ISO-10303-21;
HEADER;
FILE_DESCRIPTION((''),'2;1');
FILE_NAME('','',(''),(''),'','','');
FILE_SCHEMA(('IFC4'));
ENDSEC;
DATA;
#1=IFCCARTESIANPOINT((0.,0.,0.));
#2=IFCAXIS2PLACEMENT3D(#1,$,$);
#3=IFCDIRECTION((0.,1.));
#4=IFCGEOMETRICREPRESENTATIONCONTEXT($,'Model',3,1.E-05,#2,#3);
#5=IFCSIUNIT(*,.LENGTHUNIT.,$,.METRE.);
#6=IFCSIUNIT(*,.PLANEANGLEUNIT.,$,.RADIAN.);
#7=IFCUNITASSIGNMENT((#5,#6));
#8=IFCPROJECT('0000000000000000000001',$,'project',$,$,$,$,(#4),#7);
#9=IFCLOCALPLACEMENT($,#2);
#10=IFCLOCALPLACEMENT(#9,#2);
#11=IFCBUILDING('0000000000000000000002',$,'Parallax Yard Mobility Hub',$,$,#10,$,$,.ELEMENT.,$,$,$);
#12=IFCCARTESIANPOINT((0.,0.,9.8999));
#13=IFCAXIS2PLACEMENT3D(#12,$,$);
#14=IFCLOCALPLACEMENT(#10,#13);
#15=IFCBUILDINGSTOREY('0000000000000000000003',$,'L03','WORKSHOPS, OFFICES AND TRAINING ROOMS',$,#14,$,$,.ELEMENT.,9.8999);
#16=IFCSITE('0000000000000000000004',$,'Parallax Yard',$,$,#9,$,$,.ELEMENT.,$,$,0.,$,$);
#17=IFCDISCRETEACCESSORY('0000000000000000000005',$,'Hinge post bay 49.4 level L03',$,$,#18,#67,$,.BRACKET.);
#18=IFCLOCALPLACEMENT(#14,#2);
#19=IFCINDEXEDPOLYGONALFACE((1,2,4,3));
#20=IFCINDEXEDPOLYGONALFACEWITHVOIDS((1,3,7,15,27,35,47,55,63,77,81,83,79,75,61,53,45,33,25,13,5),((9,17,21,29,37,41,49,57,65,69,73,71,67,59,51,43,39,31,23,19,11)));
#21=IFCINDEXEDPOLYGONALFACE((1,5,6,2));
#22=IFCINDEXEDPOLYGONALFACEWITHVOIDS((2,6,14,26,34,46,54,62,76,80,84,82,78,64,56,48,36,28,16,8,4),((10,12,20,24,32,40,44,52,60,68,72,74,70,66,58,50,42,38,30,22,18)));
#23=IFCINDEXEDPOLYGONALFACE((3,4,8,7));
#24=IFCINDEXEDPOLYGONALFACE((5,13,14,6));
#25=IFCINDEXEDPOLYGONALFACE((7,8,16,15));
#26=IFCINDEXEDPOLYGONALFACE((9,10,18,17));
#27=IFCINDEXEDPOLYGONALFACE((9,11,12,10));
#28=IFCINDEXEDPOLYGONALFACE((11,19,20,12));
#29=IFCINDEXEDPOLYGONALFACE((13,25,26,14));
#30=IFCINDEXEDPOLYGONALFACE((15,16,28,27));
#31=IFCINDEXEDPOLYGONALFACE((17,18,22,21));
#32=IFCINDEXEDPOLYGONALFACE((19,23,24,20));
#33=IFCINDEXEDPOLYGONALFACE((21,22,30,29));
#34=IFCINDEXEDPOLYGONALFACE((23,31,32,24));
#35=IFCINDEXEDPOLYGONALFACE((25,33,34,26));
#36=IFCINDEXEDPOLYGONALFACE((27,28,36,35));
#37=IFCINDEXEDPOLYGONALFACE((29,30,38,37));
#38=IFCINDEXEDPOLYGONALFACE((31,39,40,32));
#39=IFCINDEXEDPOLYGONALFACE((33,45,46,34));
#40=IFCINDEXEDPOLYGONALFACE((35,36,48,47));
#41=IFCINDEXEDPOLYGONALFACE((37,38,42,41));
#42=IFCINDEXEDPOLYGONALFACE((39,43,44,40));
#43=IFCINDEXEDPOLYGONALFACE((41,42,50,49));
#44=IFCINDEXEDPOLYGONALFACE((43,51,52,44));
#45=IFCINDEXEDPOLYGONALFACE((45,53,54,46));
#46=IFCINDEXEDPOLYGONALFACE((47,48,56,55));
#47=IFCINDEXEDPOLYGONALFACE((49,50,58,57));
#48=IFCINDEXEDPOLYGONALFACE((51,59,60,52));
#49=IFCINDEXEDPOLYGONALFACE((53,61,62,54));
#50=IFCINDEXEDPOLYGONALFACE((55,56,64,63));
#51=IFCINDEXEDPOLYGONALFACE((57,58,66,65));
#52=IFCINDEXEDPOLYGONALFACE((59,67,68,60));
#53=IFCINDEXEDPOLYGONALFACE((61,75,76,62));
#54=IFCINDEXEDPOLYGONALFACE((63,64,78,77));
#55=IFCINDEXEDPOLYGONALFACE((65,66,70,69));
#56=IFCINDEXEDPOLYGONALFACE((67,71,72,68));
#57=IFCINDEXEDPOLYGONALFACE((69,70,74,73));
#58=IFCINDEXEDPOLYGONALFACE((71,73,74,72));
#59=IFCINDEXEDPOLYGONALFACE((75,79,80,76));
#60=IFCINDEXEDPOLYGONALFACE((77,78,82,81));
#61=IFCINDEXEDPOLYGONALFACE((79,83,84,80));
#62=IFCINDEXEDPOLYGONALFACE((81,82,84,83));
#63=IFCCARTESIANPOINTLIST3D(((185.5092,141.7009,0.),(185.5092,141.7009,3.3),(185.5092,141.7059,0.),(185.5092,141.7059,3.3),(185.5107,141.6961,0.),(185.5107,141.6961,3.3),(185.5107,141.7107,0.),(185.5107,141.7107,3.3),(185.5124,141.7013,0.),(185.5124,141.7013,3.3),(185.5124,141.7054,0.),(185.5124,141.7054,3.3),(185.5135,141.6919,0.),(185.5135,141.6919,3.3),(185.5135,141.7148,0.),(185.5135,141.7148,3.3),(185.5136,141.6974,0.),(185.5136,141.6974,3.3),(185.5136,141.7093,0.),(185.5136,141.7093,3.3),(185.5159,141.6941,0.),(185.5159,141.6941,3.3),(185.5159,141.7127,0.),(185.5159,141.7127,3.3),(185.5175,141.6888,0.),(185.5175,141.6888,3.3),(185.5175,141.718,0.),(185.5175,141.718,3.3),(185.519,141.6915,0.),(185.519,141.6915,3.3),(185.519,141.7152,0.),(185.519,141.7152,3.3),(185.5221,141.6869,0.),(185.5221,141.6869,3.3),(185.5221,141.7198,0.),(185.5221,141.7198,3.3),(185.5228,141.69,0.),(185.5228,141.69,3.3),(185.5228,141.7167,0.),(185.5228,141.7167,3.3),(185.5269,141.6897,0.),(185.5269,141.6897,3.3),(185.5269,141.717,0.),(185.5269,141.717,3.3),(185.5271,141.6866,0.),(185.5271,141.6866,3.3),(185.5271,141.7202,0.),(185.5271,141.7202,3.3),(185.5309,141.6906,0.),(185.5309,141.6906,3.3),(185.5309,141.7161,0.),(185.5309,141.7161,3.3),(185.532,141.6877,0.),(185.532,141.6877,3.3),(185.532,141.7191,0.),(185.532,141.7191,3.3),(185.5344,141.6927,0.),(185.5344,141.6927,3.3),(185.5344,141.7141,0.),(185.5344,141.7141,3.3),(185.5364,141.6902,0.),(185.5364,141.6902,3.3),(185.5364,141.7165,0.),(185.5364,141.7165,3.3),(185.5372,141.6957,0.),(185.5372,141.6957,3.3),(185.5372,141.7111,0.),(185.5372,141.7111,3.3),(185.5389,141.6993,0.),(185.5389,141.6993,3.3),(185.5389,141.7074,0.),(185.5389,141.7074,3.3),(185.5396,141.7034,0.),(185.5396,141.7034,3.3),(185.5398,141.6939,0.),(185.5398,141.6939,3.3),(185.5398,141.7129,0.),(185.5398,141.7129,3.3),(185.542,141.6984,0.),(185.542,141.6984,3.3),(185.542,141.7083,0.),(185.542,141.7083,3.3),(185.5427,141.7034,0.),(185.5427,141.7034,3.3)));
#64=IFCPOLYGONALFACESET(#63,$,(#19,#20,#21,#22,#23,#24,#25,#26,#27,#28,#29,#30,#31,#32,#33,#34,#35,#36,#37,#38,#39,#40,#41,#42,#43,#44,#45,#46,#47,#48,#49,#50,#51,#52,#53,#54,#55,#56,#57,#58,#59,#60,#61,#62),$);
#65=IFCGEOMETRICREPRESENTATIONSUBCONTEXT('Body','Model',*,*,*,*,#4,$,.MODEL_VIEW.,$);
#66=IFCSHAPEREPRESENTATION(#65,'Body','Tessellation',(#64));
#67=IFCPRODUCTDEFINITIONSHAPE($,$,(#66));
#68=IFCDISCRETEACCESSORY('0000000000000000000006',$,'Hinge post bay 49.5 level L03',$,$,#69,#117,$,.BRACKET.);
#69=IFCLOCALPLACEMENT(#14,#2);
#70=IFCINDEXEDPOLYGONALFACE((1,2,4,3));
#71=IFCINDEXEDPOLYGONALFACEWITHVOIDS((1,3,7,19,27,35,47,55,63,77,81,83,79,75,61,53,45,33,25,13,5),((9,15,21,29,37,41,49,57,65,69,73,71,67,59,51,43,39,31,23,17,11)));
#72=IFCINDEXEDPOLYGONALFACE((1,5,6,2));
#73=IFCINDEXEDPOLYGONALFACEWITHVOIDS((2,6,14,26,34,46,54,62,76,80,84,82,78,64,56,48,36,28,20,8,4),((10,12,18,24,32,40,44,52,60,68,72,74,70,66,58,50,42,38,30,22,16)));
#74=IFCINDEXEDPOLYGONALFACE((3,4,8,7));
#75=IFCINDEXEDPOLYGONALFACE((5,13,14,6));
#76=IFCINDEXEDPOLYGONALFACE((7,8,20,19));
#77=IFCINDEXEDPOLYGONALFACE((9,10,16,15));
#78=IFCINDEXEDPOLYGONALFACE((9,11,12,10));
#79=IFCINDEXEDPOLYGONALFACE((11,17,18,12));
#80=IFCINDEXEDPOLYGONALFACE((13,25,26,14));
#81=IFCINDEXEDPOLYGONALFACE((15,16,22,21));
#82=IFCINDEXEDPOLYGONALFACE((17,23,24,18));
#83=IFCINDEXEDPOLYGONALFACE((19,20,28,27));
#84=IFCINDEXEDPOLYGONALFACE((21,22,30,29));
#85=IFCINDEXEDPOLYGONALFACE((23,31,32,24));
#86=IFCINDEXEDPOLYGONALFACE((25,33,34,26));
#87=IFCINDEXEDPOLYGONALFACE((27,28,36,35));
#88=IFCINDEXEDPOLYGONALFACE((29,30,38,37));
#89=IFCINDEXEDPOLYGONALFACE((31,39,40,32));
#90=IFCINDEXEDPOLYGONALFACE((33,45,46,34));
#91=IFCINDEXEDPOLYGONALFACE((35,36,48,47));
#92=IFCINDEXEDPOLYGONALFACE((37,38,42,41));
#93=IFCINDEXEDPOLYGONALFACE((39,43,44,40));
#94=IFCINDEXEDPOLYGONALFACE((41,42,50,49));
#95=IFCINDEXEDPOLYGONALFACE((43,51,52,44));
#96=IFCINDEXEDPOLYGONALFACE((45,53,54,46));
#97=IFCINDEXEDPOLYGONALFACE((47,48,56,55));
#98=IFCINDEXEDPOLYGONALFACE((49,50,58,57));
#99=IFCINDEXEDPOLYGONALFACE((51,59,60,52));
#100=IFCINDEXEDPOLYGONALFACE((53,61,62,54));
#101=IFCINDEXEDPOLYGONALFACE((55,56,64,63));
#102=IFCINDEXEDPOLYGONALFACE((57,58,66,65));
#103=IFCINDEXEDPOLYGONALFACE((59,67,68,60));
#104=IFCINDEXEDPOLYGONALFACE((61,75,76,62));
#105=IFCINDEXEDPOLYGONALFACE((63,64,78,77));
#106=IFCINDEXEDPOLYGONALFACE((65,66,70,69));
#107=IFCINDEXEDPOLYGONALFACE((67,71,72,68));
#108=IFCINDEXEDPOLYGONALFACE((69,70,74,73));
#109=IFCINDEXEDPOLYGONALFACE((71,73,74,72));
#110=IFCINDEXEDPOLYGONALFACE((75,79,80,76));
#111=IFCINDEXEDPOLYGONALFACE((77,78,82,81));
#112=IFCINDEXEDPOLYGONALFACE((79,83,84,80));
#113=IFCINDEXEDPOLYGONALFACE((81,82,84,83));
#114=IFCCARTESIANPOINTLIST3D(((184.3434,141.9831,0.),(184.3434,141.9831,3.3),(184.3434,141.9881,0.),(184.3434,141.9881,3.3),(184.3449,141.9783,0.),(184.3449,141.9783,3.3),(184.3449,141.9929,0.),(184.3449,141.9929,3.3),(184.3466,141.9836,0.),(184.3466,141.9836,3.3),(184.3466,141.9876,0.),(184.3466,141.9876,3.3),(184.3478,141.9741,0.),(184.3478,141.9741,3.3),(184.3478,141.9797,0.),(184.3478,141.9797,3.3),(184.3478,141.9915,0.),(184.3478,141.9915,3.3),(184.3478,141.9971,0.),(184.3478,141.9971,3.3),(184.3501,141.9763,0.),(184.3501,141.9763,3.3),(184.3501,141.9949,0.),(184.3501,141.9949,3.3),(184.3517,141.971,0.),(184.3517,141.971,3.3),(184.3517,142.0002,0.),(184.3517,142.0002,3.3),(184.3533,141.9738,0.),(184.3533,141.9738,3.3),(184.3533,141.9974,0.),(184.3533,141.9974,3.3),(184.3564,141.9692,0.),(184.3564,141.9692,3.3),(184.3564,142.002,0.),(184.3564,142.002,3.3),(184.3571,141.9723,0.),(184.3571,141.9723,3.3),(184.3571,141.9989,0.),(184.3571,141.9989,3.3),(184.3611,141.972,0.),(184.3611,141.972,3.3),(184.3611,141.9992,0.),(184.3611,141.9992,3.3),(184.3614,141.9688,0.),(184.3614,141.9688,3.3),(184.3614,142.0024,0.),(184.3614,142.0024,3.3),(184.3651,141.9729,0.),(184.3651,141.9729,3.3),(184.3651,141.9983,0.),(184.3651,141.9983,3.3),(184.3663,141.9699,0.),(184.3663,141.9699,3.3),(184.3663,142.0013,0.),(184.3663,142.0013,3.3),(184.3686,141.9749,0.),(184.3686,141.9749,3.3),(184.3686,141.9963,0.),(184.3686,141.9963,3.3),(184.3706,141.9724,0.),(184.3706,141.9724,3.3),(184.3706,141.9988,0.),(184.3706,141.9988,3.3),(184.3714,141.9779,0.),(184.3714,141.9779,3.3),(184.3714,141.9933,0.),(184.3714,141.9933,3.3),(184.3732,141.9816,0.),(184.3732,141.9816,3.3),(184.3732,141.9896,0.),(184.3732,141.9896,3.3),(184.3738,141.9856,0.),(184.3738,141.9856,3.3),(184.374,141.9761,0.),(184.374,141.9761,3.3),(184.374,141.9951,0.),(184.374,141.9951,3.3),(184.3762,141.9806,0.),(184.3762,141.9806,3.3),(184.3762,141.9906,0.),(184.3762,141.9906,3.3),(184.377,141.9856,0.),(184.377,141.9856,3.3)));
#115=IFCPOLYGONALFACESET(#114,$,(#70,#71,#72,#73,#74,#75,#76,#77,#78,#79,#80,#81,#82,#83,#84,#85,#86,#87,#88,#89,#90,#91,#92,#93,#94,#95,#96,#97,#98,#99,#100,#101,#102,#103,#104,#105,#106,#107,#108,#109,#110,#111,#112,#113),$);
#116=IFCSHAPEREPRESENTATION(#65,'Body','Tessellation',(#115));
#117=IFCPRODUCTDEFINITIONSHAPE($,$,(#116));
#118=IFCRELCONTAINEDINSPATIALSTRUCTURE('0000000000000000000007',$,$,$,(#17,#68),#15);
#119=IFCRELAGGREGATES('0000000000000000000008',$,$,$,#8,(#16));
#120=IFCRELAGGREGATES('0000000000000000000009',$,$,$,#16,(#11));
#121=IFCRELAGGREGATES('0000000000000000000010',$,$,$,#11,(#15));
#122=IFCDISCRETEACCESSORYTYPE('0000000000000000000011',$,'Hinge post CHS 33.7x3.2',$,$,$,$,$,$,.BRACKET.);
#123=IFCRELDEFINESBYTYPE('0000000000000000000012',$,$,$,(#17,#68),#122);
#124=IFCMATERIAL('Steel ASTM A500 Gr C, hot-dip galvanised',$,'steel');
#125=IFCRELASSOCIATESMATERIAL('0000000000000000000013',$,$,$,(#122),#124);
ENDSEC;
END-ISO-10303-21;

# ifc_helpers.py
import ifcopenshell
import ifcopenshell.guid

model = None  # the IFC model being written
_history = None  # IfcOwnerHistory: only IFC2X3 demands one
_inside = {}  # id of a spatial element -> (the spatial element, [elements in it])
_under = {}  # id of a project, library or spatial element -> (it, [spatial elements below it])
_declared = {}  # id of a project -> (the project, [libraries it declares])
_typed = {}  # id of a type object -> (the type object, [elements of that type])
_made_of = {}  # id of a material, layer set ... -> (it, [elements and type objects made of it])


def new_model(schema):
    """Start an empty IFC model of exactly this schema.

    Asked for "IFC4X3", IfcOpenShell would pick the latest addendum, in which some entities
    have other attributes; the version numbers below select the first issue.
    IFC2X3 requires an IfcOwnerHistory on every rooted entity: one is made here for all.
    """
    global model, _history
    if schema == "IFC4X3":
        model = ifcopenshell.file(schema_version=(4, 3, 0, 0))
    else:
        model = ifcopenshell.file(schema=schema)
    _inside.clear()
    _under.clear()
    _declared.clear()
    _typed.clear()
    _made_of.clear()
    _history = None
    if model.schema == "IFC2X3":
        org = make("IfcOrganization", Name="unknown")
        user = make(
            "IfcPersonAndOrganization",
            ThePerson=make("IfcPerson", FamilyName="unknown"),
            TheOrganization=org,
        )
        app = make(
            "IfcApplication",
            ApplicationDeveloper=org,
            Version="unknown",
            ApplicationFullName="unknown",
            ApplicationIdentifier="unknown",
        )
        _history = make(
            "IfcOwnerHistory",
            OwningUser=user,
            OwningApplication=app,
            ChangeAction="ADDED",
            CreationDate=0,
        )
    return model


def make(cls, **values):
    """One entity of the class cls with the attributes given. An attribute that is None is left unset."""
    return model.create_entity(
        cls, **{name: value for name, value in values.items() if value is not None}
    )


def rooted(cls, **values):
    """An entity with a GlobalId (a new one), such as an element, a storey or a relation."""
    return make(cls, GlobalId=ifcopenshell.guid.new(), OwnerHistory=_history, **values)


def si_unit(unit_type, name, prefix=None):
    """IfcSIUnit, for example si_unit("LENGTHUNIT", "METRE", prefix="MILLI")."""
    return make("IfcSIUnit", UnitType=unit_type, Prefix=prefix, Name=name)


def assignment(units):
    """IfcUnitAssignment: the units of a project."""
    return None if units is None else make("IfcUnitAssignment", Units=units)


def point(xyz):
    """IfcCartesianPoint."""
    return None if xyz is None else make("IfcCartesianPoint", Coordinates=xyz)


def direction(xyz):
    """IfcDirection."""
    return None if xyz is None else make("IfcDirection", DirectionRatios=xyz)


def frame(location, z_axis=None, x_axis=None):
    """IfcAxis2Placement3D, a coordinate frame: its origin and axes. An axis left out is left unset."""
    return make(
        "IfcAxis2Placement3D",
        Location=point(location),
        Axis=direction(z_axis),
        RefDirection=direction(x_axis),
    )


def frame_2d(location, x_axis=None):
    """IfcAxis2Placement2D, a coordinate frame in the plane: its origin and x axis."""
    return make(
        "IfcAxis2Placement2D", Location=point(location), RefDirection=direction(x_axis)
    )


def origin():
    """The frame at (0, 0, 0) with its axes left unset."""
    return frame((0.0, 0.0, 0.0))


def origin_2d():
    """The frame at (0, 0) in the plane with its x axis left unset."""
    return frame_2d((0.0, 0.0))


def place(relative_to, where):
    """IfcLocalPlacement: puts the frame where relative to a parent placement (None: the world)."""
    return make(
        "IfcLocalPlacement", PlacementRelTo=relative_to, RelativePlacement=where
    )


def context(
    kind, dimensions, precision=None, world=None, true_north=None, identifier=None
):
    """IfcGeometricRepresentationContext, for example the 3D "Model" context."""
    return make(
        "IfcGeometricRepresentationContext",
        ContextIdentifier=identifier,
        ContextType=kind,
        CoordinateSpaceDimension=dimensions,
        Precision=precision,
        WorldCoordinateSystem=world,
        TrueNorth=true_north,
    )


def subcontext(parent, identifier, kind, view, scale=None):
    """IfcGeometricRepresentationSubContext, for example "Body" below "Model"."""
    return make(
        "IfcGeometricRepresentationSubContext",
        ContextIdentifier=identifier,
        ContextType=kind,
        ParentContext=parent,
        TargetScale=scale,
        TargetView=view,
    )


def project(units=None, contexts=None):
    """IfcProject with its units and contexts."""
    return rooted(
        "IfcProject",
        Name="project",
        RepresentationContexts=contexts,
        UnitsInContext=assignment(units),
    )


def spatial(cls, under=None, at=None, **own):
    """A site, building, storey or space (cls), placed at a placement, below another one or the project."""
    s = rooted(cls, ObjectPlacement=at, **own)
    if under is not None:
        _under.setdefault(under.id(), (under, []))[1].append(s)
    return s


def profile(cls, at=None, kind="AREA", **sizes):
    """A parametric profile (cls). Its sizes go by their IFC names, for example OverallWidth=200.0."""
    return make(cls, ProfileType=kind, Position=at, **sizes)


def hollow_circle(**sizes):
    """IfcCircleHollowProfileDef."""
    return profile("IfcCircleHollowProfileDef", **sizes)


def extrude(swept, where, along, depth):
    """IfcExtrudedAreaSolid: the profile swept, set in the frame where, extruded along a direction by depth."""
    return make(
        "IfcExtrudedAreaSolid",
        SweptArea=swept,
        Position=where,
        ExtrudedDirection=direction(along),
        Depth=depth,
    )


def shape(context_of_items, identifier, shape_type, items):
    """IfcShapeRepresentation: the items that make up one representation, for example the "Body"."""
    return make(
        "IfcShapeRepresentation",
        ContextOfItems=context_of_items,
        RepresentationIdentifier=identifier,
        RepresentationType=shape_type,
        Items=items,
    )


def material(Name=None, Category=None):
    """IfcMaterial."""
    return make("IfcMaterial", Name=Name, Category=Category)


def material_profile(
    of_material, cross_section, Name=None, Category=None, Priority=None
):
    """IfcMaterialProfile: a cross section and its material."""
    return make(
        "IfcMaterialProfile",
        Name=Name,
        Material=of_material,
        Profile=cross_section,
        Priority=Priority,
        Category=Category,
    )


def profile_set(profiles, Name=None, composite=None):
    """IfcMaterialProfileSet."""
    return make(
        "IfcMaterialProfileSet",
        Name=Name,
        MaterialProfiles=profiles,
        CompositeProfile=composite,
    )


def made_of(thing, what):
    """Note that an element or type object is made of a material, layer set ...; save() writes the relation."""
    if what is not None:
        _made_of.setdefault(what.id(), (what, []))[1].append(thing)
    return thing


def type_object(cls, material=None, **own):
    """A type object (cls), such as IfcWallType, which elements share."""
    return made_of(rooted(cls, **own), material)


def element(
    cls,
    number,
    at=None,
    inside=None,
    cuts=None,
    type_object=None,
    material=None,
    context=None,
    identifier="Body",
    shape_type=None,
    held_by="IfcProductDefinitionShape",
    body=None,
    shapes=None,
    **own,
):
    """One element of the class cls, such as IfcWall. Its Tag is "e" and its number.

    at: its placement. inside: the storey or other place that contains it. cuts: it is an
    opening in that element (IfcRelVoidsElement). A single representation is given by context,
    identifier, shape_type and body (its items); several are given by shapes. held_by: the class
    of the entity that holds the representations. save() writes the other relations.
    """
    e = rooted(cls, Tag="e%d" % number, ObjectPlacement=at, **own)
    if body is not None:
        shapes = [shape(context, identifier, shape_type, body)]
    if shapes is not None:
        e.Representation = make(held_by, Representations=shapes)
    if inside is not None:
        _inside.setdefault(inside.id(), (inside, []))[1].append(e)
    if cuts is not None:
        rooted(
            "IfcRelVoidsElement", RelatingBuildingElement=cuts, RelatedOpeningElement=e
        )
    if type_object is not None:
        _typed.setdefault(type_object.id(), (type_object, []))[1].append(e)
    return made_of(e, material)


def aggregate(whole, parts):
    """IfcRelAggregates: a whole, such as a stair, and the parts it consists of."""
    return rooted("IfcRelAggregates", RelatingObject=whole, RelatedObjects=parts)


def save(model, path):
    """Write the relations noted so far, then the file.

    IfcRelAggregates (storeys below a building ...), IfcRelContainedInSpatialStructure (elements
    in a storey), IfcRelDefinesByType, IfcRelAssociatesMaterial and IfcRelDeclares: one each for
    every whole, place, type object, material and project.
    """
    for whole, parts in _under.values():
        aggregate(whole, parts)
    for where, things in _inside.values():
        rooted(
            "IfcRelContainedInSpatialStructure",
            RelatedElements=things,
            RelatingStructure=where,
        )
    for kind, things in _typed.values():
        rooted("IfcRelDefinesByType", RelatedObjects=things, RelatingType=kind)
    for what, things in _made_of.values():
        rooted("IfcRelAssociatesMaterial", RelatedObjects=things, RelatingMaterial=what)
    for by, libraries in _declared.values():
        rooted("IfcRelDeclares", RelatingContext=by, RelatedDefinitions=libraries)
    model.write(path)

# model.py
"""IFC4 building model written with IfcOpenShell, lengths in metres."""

from ifc_helpers import new_model, si_unit, direction, frame, origin, origin_2d, place, context, subcontext, project, spatial, hollow_circle, extrude, material, material_profile, profile_set, type_object, element, save


model = new_model("IFC4")

# Units and contexts
model_context = context("Model", 3, precision=1e-05, world=origin(), true_north=direction((0.0, 1.0)))
body_context = subcontext(model_context, "Body", "Model", "MODEL_VIEW")
ifc_project = project(units=[si_unit("LENGTHUNIT", "METRE"), si_unit("PLANEANGLEUNIT", "RADIAN")], contexts=[model_context])

# Site, building, storey
site_placement = place(None, origin())
site = spatial("IfcSite", under=ifc_project, at=site_placement, Name="Parallax Yard", CompositionType="ELEMENT", RefElevation=0.0)
building_placement = place(site_placement, origin())
building = spatial("IfcBuilding", under=site, at=building_placement, Name="Parallax Yard Mobility Hub", CompositionType="ELEMENT")
storey_placement = place(building_placement, frame((0.0, 0.0, 9.8999)))
storey = spatial("IfcBuildingStorey", under=building, at=storey_placement, Name="L03", Description="WORKSHOPS, OFFICES AND TRAINING ROOMS", CompositionType="ELEMENT", Elevation=9.8999)

# Discrete accessories
ifc_material_1 = material(Name="Steel ASTM A500 Gr C, hot-dip galvanised", Category="steel")
ifc_material_profile_1 = material_profile(ifc_material_1, hollow_circle(Radius=0.0168, WallThickness=0.0032, at=origin_2d()), Name="CHS 33.7x3.2")
ifc_profile_set_1 = profile_set([ifc_material_profile_1], Name="Steel ASTM A500 Gr C, hot-dip galvanised")
discrete_accessory_type_1 = type_object("IfcDiscreteAccessoryType", Name="Hinge post CHS 33.7x3.2", PredefinedType="BRACKET", material=ifc_profile_set_1)
for number, where, z_axis, x_axis, name in (
    (1, (185.5259, 141.7034, 0.0), (0.0, 0.0, 1.0), (1.0, 0.0, 0.0), "Hinge post bay 49.4 level L03"),
    (2, (184.3601, 141.9856, 0.0), (0.0, 0.0, 1.0), (1.0, 0.0, 0.0), "Hinge post bay 49.5 level L03"),
):
    element("IfcDiscreteAccessory", number, at=place(storey_placement, frame(where, z_axis=z_axis, x_axis=x_axis)), inside=storey, type_object=discrete_accessory_type_1, Name=name, PredefinedType="BRACKET", context=body_context, shape_type="SweptSolid", body=[
        extrude(hollow_circle(Radius=0.0168, WallThickness=0.0032, at=origin_2d()), origin(), (0.0, 0.0, 1.0), 3.3),
    ])

save(model, "model.ifc")
